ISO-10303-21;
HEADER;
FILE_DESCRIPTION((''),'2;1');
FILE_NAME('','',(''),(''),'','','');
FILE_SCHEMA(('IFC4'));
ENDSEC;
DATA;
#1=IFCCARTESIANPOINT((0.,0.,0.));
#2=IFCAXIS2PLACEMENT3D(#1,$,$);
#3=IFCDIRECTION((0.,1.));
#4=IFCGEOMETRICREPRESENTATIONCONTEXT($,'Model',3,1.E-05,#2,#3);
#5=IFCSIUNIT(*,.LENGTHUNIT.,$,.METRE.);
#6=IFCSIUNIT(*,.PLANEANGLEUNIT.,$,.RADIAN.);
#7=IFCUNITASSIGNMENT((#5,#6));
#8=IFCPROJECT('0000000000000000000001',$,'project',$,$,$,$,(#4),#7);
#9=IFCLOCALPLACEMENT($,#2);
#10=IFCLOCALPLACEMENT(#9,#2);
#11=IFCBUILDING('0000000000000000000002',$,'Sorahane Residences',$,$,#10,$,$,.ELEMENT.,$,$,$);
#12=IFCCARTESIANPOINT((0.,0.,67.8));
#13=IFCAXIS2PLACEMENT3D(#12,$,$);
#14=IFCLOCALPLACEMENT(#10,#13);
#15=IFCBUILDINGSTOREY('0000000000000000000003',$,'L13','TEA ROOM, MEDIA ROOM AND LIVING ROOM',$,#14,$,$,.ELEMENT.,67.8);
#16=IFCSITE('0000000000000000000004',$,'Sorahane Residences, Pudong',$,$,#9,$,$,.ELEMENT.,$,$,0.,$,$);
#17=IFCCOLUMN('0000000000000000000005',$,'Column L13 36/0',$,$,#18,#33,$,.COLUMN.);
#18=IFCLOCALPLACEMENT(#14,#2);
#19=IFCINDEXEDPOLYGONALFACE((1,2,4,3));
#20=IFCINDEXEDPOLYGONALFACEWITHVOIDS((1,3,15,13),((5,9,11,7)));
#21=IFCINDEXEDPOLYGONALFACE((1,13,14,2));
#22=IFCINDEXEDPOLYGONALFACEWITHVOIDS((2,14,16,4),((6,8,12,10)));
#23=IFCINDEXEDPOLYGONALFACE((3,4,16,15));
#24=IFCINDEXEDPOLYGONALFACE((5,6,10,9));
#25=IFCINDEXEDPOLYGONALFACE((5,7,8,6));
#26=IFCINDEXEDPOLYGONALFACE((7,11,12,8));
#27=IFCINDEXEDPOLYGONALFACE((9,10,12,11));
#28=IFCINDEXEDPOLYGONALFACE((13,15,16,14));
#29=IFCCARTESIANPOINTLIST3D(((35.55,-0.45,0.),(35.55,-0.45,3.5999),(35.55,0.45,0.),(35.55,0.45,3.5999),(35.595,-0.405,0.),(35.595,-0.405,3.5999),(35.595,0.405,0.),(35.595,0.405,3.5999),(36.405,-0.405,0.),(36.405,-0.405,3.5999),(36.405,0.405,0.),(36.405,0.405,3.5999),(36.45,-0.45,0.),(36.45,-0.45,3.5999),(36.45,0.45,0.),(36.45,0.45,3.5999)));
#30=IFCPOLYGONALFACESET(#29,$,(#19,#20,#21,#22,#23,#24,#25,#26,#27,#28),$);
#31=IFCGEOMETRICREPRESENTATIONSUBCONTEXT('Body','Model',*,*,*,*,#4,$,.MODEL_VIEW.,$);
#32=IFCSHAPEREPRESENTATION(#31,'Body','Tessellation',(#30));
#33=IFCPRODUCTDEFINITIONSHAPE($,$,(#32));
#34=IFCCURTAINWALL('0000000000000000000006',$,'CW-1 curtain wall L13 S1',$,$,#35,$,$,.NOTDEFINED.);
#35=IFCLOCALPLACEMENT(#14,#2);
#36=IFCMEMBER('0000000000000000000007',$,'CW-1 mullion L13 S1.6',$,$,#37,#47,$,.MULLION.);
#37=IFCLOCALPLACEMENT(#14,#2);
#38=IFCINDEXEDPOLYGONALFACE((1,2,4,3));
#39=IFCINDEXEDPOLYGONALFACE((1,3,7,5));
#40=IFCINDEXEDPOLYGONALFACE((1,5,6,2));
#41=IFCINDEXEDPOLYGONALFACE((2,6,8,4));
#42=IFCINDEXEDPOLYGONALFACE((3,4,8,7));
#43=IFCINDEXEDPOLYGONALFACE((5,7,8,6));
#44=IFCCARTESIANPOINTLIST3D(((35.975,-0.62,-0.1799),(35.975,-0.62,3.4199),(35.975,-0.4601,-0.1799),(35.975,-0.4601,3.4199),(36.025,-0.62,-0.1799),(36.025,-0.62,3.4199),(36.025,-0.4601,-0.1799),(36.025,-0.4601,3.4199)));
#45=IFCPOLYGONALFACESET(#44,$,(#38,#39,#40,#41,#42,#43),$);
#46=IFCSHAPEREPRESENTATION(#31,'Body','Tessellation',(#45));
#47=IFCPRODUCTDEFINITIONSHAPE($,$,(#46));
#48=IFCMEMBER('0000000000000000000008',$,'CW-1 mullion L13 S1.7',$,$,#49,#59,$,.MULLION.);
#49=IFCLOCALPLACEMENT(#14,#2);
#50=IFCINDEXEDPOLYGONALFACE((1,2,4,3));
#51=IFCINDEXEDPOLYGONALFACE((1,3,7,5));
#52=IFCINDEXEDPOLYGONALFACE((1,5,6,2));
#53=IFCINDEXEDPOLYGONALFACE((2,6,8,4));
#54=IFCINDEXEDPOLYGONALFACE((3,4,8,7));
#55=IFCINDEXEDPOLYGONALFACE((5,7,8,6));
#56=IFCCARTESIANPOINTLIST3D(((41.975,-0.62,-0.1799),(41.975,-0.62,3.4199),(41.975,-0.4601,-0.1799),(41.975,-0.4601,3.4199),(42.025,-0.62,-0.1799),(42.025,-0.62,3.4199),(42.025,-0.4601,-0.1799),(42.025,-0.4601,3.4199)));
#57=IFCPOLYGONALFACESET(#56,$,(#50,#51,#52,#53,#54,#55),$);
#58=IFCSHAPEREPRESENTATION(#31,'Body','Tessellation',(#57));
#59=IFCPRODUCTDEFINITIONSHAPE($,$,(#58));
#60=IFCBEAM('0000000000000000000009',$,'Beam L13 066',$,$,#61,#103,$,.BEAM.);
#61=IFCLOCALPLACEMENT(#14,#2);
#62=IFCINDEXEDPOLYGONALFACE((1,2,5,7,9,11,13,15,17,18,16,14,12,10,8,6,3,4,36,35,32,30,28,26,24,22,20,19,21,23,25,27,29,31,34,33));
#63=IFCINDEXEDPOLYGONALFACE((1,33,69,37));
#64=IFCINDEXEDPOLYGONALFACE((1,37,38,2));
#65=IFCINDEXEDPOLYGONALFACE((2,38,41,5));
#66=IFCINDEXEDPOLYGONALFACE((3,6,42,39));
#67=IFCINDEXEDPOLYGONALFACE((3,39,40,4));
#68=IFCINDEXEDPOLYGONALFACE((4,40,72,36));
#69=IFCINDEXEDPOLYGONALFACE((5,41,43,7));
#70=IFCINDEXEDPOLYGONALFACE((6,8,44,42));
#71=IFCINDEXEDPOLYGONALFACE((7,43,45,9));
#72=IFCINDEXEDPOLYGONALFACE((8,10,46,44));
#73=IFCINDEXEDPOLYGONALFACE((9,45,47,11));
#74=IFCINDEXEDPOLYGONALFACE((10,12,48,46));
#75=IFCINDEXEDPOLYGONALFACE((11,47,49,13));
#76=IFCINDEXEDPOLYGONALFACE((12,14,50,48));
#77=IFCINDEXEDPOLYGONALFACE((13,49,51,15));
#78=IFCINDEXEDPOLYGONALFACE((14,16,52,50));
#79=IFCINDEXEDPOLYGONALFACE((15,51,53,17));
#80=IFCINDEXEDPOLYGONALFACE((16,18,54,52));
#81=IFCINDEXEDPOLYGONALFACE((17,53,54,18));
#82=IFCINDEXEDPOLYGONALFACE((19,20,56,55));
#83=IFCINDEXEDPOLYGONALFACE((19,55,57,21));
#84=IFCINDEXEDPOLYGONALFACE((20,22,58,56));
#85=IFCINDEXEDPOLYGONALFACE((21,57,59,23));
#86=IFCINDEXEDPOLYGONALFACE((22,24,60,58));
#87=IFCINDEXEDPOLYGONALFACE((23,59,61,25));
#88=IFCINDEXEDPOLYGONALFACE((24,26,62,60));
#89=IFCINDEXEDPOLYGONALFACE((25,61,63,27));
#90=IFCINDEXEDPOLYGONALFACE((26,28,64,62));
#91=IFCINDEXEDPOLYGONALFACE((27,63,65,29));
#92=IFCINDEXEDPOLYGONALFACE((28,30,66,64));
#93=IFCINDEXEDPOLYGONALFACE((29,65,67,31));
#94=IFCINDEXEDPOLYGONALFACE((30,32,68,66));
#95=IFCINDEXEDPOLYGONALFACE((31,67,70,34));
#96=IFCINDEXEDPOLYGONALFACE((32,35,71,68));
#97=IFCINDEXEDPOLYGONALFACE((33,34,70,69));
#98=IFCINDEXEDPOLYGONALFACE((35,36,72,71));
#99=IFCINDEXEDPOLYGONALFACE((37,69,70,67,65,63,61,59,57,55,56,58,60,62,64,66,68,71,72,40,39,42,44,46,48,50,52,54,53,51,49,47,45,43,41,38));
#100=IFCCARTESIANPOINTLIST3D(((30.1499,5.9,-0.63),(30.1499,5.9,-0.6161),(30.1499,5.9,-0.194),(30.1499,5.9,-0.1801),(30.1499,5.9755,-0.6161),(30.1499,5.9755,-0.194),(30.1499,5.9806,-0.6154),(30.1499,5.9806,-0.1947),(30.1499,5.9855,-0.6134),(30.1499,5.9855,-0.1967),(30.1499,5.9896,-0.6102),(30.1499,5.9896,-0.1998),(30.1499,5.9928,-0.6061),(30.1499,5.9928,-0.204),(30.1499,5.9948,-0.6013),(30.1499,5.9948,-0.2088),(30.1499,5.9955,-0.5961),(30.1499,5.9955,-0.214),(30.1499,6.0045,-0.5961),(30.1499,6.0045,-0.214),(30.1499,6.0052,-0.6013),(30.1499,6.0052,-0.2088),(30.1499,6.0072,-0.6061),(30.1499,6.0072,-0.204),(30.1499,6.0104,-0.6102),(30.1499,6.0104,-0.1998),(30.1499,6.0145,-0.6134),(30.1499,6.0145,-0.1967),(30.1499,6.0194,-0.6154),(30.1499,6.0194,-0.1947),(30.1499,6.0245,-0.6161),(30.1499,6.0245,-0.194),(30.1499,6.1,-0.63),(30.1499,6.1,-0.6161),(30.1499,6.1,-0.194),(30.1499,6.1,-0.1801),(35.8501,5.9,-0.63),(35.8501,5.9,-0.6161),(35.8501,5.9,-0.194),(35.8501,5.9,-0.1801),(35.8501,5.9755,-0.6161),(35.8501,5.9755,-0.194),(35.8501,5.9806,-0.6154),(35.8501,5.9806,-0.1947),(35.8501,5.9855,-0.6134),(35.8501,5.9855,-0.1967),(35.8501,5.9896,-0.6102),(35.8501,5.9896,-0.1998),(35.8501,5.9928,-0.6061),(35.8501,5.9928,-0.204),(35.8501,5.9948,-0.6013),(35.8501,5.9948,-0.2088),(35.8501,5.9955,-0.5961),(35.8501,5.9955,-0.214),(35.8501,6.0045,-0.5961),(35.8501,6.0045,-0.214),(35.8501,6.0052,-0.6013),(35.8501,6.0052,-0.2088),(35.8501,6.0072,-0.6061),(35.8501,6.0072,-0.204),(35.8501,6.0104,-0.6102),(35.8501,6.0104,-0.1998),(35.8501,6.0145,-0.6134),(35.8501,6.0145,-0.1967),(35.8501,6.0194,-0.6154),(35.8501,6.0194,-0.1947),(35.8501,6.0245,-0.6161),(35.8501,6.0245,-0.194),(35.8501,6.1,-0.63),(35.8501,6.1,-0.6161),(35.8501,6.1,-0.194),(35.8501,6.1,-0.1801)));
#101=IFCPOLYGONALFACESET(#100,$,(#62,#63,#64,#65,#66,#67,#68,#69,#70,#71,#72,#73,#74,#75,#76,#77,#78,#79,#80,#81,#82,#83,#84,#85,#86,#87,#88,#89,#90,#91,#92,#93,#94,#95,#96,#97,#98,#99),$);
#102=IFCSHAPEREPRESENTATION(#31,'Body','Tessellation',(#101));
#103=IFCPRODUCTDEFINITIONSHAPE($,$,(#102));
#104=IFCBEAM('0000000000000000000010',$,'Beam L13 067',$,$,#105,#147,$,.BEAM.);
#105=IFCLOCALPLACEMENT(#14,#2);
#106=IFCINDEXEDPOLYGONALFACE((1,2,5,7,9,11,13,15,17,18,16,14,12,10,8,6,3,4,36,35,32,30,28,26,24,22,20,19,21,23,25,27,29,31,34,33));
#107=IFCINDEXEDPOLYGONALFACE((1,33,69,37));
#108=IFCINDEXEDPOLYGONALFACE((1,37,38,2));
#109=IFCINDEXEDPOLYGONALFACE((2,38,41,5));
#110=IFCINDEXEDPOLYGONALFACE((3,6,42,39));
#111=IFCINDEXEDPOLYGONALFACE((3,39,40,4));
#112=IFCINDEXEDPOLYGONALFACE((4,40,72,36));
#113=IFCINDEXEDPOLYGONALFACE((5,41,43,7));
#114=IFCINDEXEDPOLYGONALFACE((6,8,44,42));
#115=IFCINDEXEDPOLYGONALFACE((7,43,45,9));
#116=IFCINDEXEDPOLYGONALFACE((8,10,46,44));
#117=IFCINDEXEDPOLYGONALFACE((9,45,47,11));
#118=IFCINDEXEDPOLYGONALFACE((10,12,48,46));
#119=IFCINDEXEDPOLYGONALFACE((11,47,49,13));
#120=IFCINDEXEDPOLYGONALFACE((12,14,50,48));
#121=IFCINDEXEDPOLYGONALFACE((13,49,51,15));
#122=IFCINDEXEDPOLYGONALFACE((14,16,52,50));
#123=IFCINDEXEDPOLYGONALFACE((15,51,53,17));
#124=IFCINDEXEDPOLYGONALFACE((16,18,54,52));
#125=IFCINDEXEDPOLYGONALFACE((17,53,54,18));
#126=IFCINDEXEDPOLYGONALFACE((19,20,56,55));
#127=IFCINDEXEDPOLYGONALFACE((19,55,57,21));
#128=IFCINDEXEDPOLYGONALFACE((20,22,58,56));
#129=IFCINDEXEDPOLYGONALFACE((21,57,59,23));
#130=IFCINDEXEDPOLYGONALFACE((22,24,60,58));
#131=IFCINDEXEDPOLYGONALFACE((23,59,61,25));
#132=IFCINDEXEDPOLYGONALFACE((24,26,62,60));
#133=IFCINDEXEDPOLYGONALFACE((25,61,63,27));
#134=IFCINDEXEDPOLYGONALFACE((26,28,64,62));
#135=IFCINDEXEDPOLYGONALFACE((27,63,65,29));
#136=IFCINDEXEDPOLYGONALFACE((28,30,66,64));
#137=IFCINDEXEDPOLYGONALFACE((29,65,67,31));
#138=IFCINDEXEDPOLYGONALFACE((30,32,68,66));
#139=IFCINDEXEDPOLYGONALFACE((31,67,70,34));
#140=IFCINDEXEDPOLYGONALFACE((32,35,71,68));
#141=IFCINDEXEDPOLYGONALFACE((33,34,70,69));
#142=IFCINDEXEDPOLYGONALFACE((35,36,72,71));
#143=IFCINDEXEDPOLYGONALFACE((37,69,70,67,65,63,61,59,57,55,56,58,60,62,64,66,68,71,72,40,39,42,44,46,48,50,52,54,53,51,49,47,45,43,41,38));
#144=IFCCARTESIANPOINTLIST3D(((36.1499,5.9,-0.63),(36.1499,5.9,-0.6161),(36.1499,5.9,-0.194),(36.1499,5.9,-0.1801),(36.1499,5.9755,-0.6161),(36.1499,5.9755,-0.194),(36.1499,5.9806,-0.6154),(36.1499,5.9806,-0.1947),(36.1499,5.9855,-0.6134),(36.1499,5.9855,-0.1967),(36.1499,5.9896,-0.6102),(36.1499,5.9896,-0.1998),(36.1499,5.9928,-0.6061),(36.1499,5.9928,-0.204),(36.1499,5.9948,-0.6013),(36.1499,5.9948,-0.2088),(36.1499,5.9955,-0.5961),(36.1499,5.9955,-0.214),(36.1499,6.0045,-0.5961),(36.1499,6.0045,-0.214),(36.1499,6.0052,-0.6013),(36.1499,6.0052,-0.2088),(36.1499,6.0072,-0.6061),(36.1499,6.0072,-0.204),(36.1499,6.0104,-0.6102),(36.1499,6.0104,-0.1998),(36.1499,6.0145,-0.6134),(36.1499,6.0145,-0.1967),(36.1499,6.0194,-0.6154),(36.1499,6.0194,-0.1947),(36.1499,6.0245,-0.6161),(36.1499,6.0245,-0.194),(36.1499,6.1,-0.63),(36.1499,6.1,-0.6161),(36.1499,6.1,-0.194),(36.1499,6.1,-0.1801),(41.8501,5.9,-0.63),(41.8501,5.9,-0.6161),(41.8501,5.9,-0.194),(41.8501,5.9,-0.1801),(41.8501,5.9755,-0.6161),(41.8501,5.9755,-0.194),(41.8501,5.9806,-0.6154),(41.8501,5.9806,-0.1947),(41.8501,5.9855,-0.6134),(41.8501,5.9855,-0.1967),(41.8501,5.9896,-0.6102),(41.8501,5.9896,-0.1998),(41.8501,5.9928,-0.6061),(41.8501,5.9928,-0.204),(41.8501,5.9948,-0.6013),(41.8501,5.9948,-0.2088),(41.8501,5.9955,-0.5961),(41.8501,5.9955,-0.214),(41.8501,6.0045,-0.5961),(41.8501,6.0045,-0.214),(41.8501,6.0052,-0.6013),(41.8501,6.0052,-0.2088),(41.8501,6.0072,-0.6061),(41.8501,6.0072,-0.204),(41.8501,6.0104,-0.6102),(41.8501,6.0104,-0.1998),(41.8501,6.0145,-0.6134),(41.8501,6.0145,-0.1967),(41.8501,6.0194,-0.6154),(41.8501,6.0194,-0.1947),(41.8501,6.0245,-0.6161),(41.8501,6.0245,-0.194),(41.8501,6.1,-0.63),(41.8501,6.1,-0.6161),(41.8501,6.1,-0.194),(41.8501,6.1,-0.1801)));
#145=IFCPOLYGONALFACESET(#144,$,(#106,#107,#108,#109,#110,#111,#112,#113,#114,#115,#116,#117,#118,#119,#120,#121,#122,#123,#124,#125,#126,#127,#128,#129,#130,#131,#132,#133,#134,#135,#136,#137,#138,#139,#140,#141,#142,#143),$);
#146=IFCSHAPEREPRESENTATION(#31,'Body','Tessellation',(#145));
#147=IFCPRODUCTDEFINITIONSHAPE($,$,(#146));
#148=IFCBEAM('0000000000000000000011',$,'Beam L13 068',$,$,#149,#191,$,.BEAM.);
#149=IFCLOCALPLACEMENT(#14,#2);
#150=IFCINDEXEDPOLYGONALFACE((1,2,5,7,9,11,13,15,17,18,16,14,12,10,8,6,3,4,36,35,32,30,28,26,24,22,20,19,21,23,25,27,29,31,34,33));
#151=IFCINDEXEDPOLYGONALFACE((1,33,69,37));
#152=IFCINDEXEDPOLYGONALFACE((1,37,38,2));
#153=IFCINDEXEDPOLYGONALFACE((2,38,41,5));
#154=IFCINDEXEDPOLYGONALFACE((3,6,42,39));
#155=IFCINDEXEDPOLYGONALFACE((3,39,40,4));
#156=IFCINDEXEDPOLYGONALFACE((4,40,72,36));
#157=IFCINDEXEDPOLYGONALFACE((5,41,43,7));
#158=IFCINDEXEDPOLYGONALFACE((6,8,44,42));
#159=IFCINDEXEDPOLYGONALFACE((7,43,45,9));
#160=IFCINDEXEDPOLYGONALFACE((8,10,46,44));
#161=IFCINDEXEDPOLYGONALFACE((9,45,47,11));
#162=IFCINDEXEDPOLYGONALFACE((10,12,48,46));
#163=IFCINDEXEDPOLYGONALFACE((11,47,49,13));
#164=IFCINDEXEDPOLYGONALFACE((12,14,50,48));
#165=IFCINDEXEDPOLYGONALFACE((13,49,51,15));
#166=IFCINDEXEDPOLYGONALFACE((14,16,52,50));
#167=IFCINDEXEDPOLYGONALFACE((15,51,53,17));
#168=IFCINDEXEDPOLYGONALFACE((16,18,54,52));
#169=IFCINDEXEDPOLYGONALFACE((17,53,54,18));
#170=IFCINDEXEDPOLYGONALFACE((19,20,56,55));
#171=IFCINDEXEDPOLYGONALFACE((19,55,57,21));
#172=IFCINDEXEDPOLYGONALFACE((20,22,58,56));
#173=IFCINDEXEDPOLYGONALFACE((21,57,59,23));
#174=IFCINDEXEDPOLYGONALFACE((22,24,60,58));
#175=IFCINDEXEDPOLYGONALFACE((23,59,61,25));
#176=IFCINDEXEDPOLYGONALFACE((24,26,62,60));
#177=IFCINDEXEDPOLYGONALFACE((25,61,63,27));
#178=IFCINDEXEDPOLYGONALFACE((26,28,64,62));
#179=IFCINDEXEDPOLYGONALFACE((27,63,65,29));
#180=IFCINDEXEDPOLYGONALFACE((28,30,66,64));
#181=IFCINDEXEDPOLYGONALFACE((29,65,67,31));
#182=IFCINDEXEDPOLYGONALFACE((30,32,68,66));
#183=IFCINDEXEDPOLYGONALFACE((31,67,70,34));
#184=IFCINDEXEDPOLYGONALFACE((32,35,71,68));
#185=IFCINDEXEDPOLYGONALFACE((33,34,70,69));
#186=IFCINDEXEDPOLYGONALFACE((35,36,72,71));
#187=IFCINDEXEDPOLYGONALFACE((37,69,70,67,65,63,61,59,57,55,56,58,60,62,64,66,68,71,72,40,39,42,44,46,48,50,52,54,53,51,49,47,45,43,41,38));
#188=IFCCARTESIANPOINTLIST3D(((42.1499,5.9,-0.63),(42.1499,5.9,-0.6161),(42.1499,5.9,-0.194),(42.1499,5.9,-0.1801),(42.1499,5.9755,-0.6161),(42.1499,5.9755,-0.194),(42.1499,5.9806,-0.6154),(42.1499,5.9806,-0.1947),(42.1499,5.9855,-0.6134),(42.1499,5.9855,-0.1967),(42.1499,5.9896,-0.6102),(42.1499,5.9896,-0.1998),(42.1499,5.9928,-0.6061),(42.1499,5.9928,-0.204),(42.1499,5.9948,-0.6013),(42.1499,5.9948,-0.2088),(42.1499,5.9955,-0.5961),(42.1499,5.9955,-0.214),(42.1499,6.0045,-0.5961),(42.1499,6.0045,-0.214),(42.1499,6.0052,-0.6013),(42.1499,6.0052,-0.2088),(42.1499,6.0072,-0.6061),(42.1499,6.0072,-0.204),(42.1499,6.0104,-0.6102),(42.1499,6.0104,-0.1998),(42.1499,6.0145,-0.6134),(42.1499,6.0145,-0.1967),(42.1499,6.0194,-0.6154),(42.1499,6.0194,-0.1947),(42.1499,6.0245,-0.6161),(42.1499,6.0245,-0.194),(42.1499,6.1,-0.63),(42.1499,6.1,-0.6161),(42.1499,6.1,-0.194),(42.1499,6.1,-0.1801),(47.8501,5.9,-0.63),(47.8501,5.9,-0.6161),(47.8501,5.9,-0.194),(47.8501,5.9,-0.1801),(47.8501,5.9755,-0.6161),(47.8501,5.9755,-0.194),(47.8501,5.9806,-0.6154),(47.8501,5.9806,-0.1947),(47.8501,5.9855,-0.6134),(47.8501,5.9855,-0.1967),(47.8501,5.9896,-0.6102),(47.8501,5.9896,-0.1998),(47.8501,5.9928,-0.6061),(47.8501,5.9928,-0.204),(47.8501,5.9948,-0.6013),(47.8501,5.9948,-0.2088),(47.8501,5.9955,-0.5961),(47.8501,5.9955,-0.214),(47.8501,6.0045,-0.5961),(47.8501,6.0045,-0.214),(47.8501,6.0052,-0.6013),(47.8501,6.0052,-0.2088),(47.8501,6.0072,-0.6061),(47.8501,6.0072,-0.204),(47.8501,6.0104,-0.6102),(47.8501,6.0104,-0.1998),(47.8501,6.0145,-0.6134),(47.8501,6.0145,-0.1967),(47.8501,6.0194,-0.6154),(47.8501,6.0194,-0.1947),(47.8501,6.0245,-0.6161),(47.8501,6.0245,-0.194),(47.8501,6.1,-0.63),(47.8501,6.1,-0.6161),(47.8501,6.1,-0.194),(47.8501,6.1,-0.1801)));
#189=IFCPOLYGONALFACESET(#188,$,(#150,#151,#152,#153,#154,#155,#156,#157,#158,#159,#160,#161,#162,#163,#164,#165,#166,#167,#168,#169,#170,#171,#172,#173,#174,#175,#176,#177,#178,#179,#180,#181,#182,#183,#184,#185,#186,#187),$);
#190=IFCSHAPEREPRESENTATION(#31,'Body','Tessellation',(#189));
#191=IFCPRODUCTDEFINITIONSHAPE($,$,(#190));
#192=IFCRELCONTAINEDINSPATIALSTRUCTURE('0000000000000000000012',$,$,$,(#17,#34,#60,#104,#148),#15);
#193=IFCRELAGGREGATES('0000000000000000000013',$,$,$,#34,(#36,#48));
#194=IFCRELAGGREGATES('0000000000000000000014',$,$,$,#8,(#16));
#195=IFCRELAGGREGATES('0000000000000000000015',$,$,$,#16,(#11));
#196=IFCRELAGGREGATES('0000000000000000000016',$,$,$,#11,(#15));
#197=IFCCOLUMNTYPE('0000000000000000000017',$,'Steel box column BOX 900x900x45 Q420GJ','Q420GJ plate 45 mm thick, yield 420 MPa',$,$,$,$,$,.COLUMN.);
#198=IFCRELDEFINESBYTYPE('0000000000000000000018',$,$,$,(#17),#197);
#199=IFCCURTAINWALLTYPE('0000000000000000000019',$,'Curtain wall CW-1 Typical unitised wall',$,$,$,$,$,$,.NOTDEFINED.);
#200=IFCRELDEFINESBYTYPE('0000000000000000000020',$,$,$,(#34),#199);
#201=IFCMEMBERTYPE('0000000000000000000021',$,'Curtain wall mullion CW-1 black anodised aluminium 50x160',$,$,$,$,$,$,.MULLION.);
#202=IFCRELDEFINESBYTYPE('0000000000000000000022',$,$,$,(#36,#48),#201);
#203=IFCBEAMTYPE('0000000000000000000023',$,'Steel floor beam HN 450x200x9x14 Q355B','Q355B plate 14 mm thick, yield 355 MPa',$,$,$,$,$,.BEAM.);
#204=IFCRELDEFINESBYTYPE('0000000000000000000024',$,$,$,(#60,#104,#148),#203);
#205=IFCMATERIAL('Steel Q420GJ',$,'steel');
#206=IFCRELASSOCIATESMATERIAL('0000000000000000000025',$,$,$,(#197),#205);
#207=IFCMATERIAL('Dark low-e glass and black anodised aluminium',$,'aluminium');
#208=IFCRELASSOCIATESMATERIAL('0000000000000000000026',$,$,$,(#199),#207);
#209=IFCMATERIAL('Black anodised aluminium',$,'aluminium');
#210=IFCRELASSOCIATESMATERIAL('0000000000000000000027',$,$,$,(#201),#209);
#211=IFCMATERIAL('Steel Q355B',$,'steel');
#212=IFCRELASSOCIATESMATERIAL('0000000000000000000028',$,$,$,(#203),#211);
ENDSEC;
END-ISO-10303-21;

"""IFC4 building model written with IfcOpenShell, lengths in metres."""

from ifc_helpers import new_model, si_unit, direction, frame, origin, origin_2d, place, context, subcontext, project, spatial, rectangle, hollow_rectangle, i_section, extrude, material, material_profile, profile_set, type_object, element, aggregate, save


model = new_model("IFC4")

# Units and contexts
model_context = context("Model", 3, precision=1e-05, world=origin(), true_north=direction((0.0, 1.0)))
body_context = subcontext(model_context, "Body", "Model", "MODEL_VIEW")
ifc_project = project(units=[si_unit("LENGTHUNIT", "METRE"), si_unit("PLANEANGLEUNIT", "RADIAN")], contexts=[model_context])

# Site, building, storey
site_placement = place(None, origin())
site = spatial("IfcSite", under=ifc_project, at=site_placement, Name="Sorahane Residences, Pudong", CompositionType="ELEMENT", RefElevation=0.0)
building_placement = place(site_placement, origin())
building = spatial("IfcBuilding", under=site, at=building_placement, Name="Sorahane Residences", CompositionType="ELEMENT")
storey_placement = place(building_placement, frame((0.0, 0.0, 67.8)))
storey = spatial("IfcBuildingStorey", under=building, at=storey_placement, Name="L13", Description="TEA ROOM, MEDIA ROOM AND LIVING ROOM", CompositionType="ELEMENT", Elevation=67.8)

# Column
ifc_material_1 = material(Name="Steel Q420GJ", Category="steel")
ifc_material_profile_1 = material_profile(ifc_material_1, hollow_rectangle(XDim=0.8999, YDim=0.8999, WallThickness=0.0449, at=origin_2d()), Name="BOX 900x900x45")
ifc_profile_set_1 = profile_set([ifc_material_profile_1], Name="Steel Q420GJ")
column_type = type_object("IfcColumnType", Name="Steel box column BOX 900x900x45 Q420GJ", Description="Q420GJ plate 45 mm thick, yield 420 MPa", PredefinedType="COLUMN", material=ifc_profile_set_1)
column_placement = place(storey_placement, frame((36.0, 0.0, 0.0), z_axis=(0.0, 0.0, 1.0), x_axis=(1.0, 0.0, 0.0)))
element("IfcColumn", 1, at=column_placement, inside=storey, type_object=column_type, Name="Column L13 36/0", PredefinedType="COLUMN", context=body_context, shape_type="SweptSolid", body=[
    extrude(hollow_rectangle(XDim=0.8999, YDim=0.8999, WallThickness=0.0449, at=origin_2d()), origin(), (0.0, 0.0, 1.0), 3.5999),
])

# Curtain wall, members
ifc_material_2 = material(Name="Dark low-e glass and black anodised aluminium", Category="aluminium")
curtain_wall_type = type_object("IfcCurtainWallType", Name="Curtain wall CW-1 Typical unitised wall", PredefinedType="NOTDEFINED", material=ifc_material_2)
curtain_wall_placement = place(storey_placement, origin())
curtain_wall = element("IfcCurtainWall", 2, at=curtain_wall_placement, inside=storey, type_object=curtain_wall_type, Name="CW-1 curtain wall L13 S1", PredefinedType="NOTDEFINED")
ifc_material_3 = material(Name="Black anodised aluminium", Category="aluminium")
ifc_material_profile_2 = material_profile(ifc_material_3, rectangle(XDim=0.1599, YDim=0.05, at=origin_2d()), Name="Curtain wall mullion CW-1 black anodised aluminium 50x160")
ifc_profile_set_2 = profile_set([ifc_material_profile_2], Name="Black anodised aluminium")
member_type = type_object("IfcMemberType", Name="Curtain wall mullion CW-1 black anodised aluminium 50x160", PredefinedType="MULLION", material=ifc_profile_set_2)
member_1_placement = place(storey_placement, frame((36.0, -0.54, -0.1799), z_axis=(0.0, 0.0, 1.0), x_axis=(0.0, -1.0, 0.0)))
member_1 = element("IfcMember", 3, at=member_1_placement, type_object=member_type, Name="CW-1 mullion L13 S1.6", PredefinedType="MULLION", context=body_context, shape_type="SweptSolid", body=[
    extrude(rectangle(XDim=0.1599, YDim=0.05, at=origin_2d()), origin(), (0.0, 0.0, 1.0), 3.5999),
])
member_2_placement = place(storey_placement, frame((42.0, -0.54, -0.1799), z_axis=(0.0, 0.0, 1.0), x_axis=(0.0, -1.0, 0.0)))
member_2 = element("IfcMember", 4, at=member_2_placement, type_object=member_type, Name="CW-1 mullion L13 S1.7", PredefinedType="MULLION", context=body_context, shape_type="SweptSolid", body=[
    extrude(rectangle(XDim=0.1599, YDim=0.05, at=origin_2d()), origin(), (0.0, 0.0, 1.0), 3.5999),
])

# Beams
ifc_material_4 = material(Name="Steel Q355B", Category="steel")
ifc_material_profile_3 = material_profile(ifc_material_4, i_section(OverallWidth=0.2, OverallDepth=0.45, WebThickness=0.009, FlangeThickness=0.0139, FilletRadius=0.02, at=origin_2d()), Name="HN 450x200x9x14")
ifc_profile_set_3 = profile_set([ifc_material_profile_3], Name="Steel Q355B")
beam_type_1 = type_object("IfcBeamType", Name="Steel floor beam HN 450x200x9x14 Q355B", Description="Q355B plate 14 mm thick, yield 355 MPa", PredefinedType="BEAM", material=ifc_profile_set_3)
for number, where, z_axis, x_axis, name in (
    (5, (30.1499, 6.0, -0.405), (1.0, 0.0, 0.0), (0.0, 1.0, 0.0), "Beam L13 066"),
    (6, (36.1499, 6.0, -0.405), (1.0, 0.0, 0.0), (0.0, 1.0, 0.0), "Beam L13 067"),
    (7, (42.1499, 6.0, -0.405), (1.0, 0.0, 0.0), (0.0, 1.0, 0.0), "Beam L13 068"),
):
    element("IfcBeam", number, at=place(storey_placement, frame(where, z_axis=z_axis, x_axis=x_axis)), inside=storey, type_object=beam_type_1, Name=name, PredefinedType="BEAM", context=body_context, shape_type="SweptSolid", body=[
        extrude(i_section(OverallWidth=0.2, OverallDepth=0.45, WebThickness=0.009, FlangeThickness=0.0139, FilletRadius=0.02, at=origin_2d()), origin(), (0.0, 0.0, 1.0), 5.7002),
    ])

aggregate(curtain_wall, [member_1, member_2])

save(model, "model.ifc")
